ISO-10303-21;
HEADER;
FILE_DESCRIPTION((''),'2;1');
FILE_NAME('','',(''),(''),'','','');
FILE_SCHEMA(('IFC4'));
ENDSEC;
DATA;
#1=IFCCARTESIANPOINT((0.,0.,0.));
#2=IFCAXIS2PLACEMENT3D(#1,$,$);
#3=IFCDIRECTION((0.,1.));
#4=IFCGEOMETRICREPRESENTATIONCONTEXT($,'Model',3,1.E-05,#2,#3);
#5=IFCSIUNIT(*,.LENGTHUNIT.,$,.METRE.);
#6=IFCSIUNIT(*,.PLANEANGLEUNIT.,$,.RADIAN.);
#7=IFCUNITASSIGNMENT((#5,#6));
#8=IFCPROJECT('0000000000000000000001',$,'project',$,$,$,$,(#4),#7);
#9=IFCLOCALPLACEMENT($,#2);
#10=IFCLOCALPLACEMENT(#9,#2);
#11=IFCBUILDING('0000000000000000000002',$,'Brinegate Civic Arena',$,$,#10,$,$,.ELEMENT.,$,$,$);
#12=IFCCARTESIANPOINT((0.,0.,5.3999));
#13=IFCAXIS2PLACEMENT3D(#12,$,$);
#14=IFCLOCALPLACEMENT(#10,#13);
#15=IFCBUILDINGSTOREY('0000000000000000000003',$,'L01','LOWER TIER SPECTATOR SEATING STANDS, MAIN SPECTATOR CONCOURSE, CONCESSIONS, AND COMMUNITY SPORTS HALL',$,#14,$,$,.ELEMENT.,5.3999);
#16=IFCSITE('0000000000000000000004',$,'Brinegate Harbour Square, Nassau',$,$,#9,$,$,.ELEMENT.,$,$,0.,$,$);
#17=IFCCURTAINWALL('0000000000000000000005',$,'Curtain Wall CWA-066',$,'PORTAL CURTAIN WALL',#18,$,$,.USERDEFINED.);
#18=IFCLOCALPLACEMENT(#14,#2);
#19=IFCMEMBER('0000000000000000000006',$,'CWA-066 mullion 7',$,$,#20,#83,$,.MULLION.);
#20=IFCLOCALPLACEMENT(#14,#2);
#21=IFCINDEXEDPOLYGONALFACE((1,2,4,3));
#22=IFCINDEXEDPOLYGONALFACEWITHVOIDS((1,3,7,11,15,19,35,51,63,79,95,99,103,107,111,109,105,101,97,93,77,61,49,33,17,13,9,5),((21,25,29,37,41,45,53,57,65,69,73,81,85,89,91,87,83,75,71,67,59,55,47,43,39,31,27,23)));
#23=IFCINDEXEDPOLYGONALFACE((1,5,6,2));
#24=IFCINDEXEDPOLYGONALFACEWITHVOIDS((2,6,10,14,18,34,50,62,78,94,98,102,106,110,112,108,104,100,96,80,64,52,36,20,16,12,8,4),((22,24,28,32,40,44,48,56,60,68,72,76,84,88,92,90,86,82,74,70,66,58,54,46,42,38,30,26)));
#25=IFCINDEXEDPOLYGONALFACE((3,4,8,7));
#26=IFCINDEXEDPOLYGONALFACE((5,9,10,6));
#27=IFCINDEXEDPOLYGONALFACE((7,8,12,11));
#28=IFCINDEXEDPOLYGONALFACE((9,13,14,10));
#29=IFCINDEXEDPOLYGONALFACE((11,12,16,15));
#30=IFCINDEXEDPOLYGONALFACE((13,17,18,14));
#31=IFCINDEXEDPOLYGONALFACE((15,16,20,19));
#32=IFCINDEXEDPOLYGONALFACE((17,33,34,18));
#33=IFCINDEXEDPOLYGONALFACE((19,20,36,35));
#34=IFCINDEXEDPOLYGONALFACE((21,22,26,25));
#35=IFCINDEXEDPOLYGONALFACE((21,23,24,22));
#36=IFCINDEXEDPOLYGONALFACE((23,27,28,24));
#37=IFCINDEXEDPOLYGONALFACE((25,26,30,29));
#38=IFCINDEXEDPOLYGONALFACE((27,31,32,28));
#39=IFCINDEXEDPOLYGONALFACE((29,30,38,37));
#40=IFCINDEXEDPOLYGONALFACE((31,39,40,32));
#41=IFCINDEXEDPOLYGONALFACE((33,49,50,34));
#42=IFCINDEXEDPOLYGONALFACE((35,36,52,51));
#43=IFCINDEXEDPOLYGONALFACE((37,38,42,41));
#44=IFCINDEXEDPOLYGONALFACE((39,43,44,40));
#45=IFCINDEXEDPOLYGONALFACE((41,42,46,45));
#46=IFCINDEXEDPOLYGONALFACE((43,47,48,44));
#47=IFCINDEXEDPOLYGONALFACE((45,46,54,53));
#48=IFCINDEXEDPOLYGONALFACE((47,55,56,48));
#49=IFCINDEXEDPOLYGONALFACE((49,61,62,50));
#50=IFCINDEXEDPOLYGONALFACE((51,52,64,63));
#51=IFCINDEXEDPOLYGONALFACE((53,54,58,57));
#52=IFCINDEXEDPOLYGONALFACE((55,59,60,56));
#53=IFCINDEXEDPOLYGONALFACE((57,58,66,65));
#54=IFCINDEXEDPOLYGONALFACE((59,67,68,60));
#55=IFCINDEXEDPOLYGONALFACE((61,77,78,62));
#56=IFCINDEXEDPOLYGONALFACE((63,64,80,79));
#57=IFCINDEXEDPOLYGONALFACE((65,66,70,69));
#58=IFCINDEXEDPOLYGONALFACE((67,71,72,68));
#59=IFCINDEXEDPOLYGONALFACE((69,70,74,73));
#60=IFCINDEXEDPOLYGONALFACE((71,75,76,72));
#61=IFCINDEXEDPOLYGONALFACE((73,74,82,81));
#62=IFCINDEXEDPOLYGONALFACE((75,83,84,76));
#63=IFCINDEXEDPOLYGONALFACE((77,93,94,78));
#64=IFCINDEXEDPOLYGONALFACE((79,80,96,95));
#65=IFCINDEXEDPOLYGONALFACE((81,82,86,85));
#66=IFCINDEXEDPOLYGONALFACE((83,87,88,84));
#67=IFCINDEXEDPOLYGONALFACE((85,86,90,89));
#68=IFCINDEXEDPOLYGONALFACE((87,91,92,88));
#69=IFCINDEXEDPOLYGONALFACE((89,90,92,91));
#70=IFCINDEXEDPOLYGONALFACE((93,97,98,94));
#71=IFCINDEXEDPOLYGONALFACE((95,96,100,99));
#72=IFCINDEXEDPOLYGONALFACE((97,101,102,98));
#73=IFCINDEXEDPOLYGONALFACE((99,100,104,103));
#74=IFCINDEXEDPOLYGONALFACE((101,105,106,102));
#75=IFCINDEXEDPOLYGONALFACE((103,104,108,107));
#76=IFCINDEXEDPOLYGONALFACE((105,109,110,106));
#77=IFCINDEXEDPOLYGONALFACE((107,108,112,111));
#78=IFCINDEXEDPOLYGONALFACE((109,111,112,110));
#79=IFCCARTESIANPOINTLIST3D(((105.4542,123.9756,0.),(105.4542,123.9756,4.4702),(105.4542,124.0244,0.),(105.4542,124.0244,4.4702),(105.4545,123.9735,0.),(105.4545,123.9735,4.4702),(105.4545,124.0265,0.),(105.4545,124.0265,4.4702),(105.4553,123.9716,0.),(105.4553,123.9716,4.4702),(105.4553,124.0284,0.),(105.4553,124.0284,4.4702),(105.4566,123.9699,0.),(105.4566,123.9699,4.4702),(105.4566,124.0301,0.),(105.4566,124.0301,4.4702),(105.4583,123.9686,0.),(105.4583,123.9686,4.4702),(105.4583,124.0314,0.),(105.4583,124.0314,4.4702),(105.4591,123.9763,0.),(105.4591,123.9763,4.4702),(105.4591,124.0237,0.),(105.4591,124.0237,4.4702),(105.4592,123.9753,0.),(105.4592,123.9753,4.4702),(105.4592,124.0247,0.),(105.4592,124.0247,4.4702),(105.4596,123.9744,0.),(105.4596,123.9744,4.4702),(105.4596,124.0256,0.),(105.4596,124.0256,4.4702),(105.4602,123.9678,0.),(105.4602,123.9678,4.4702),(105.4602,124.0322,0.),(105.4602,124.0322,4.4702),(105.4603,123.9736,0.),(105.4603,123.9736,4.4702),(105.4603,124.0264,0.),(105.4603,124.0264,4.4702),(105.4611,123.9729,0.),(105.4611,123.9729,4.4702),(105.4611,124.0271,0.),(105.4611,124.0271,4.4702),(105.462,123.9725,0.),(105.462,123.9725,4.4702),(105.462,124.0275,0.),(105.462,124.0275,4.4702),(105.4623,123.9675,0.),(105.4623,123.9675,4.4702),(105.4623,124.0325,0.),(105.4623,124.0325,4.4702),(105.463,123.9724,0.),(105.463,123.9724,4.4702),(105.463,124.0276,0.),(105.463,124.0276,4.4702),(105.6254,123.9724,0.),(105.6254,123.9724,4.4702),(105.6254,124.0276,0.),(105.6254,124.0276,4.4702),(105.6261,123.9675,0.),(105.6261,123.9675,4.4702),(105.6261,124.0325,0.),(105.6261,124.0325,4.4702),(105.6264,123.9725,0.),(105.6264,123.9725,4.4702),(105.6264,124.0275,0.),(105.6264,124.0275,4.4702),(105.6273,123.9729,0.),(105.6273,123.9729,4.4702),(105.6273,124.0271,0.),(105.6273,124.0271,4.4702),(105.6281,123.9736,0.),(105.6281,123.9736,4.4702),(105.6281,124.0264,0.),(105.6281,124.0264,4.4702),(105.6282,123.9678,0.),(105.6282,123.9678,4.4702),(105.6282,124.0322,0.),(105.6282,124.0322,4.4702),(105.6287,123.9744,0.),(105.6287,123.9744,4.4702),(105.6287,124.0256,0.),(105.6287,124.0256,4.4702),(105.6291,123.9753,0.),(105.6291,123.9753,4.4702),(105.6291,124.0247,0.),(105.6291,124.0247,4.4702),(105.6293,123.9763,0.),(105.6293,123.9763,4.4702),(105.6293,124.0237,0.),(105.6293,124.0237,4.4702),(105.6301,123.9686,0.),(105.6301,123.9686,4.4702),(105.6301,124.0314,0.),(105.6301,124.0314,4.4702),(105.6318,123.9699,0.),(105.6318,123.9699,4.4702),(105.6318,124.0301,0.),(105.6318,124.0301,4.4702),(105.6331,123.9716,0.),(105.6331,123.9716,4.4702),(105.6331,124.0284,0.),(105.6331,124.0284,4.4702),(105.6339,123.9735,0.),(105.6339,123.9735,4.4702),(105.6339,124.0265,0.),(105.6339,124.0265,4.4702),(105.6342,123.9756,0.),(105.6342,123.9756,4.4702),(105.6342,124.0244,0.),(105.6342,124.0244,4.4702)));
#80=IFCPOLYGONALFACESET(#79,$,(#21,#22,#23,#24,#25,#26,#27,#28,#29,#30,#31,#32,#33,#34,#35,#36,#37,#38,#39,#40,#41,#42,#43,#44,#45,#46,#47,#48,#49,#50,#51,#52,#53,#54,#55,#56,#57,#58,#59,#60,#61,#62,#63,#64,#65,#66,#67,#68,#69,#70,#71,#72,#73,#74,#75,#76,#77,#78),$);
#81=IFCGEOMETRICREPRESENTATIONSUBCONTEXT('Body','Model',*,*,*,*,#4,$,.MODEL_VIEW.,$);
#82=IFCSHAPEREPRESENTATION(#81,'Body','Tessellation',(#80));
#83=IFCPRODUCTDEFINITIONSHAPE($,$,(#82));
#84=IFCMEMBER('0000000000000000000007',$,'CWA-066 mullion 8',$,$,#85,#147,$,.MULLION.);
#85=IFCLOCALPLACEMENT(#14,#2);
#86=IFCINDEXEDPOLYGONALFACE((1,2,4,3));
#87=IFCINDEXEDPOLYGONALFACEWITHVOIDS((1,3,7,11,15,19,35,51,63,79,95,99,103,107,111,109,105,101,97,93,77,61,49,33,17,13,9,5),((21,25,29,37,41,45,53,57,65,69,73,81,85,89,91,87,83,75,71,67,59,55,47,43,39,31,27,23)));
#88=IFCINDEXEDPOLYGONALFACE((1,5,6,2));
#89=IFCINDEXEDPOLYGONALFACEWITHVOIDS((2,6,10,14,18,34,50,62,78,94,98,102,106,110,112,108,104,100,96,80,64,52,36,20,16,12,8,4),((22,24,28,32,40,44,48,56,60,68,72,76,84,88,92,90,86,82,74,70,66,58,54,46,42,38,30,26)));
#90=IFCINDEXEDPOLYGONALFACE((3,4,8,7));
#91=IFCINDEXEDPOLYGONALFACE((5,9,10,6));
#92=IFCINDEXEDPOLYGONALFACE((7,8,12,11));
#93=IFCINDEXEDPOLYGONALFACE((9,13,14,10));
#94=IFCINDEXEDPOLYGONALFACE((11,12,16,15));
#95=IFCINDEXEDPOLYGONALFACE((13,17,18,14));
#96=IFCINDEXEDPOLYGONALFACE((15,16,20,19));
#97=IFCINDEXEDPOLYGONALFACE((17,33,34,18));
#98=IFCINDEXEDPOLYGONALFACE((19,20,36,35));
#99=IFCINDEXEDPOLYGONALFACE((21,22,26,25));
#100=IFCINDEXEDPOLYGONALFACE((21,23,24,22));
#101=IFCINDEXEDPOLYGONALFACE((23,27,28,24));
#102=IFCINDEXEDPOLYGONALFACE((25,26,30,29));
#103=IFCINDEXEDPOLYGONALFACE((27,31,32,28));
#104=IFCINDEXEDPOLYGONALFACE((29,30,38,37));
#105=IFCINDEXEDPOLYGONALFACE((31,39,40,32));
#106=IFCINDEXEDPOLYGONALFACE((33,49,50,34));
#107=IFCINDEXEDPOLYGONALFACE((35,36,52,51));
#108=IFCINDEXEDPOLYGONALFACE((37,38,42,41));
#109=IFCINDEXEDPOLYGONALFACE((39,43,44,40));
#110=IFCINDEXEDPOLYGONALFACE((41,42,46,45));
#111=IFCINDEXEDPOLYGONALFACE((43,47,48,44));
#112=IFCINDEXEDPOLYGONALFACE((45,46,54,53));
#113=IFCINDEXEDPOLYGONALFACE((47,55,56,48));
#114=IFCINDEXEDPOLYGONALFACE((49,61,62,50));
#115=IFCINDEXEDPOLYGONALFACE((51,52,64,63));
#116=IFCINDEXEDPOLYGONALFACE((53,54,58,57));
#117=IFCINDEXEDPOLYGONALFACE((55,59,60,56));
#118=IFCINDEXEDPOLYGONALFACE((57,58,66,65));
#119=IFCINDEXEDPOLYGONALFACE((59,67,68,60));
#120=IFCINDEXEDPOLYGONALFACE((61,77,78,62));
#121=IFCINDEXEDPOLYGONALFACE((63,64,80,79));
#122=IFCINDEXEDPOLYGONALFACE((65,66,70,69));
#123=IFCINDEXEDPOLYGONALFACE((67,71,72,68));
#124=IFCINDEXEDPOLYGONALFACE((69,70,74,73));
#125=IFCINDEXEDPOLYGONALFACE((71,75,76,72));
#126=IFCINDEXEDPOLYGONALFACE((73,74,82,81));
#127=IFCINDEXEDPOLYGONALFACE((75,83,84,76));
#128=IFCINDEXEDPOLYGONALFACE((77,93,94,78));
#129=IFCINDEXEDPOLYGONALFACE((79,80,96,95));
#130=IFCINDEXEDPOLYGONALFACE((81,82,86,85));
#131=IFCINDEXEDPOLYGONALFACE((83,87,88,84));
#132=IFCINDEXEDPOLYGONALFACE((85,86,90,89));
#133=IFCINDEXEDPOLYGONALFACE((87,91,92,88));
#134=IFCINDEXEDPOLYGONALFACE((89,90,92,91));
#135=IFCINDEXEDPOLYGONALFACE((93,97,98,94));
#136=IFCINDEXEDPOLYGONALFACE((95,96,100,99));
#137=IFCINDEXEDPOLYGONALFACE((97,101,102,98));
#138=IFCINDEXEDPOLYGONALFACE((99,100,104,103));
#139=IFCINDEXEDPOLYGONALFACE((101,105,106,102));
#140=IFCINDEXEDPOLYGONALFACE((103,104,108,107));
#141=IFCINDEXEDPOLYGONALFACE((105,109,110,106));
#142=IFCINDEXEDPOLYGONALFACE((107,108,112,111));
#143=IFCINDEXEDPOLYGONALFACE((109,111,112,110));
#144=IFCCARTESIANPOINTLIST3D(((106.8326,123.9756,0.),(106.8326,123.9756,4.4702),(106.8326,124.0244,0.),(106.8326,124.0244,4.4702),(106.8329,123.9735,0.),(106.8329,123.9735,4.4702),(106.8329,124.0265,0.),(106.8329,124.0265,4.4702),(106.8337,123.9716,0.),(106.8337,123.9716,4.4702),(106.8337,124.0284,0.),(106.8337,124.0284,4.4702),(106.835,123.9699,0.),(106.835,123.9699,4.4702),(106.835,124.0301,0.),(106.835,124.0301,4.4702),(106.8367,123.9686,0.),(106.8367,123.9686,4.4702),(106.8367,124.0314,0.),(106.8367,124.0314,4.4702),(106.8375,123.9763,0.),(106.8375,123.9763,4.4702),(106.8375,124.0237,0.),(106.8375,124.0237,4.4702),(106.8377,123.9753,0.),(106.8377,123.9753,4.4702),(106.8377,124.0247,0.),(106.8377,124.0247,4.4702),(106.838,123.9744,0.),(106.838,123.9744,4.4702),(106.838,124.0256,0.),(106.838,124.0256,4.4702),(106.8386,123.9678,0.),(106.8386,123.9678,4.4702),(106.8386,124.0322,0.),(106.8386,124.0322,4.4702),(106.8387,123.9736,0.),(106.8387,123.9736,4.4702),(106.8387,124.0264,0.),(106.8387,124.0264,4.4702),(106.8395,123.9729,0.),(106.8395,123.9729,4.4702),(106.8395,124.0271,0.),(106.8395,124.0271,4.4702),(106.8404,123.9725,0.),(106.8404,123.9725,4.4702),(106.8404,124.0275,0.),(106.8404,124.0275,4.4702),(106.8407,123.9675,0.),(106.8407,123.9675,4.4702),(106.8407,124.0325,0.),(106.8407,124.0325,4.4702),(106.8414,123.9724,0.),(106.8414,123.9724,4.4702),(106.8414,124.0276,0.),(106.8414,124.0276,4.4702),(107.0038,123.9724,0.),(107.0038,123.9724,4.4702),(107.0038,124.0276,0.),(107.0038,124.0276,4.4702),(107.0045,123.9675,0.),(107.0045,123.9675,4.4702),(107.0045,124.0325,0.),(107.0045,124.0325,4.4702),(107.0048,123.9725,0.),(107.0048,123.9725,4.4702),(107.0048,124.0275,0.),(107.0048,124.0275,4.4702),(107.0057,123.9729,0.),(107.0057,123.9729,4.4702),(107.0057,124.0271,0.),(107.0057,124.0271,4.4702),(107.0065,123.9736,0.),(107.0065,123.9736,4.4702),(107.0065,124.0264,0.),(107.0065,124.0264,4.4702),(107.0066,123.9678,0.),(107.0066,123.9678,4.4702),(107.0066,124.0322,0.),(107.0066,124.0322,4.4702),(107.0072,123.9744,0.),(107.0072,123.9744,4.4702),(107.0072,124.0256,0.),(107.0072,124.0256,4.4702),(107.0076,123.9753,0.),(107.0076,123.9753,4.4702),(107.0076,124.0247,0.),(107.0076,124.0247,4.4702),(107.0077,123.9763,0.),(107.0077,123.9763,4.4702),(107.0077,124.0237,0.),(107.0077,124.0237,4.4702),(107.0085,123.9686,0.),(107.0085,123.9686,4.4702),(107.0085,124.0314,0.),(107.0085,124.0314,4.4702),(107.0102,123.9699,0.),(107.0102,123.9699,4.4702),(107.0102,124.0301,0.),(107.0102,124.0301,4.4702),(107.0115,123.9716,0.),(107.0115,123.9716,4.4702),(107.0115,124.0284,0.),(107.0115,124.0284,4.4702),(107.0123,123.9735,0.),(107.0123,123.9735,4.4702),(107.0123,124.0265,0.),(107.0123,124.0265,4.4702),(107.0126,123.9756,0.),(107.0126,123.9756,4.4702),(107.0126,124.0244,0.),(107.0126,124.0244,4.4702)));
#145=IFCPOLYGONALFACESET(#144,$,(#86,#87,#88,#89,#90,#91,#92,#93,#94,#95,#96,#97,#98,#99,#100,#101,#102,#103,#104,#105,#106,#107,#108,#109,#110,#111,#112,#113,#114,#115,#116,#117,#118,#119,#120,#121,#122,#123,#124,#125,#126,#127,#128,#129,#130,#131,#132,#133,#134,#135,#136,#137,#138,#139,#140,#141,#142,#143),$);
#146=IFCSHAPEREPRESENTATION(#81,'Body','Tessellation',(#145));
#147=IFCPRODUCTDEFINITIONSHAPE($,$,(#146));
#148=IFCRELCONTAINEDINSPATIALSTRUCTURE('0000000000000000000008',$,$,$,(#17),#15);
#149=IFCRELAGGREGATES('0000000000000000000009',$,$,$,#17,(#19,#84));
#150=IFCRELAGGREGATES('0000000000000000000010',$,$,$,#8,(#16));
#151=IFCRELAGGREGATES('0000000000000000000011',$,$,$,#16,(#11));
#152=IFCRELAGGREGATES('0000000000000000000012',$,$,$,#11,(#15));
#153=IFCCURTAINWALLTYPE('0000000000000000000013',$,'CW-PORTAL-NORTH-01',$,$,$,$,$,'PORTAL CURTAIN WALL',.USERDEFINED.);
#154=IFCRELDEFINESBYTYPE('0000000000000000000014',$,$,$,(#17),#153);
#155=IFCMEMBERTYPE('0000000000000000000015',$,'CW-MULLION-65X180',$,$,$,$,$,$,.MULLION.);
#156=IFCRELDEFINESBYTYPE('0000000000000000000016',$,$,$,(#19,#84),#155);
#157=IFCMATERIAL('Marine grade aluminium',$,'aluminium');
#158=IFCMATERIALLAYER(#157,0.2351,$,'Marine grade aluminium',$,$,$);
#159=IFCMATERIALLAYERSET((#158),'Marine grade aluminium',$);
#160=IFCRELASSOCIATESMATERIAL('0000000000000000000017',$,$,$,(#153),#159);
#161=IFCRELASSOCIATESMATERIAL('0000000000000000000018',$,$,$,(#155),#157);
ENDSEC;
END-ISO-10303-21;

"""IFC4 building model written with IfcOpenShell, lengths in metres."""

from ifc_helpers import new_model, si_unit, direction, frame, origin, origin_2d, place, context, subcontext, project, spatial, hollow_rectangle, extrude, material, layer, layer_set, material_profile, profile_set, type_object, element, aggregate, save


model = new_model("IFC4")

# Units and contexts
model_context = context("Model", 3, precision=1e-05, world=origin(), true_north=direction((0.0, 1.0)))
body_context = subcontext(model_context, "Body", "Model", "MODEL_VIEW")
ifc_project = project(units=[si_unit("LENGTHUNIT", "METRE"), si_unit("PLANEANGLEUNIT", "RADIAN")], contexts=[model_context])

# Site, building, storey
site_placement = place(None, origin())
site = spatial("IfcSite", under=ifc_project, at=site_placement, Name="Brinegate Harbour Square, Nassau", CompositionType="ELEMENT", RefElevation=0.0)
building_placement = place(site_placement, origin())
building = spatial("IfcBuilding", under=site, at=building_placement, Name="Brinegate Civic Arena", CompositionType="ELEMENT")
storey_placement = place(building_placement, frame((0.0, 0.0, 5.3999)))
storey = spatial("IfcBuildingStorey", under=building, at=storey_placement, Name="L01", Description="LOWER TIER SPECTATOR SEATING STANDS, MAIN SPECTATOR CONCOURSE, CONCESSIONS, AND COMMUNITY SPORTS HALL", CompositionType="ELEMENT", Elevation=5.3999)

# Curtain wall, members
ifc_material_1 = material(Name="Marine grade aluminium", Category="aluminium")
ifc_layer_1 = layer(ifc_material_1, 0.2351, Name="Marine grade aluminium")
ifc_layer_set_1 = layer_set([ifc_layer_1], Name="Marine grade aluminium")
curtain_wall_type = type_object("IfcCurtainWallType", Name="CW-PORTAL-NORTH-01", ElementType="PORTAL CURTAIN WALL", PredefinedType="USERDEFINED", material=ifc_layer_set_1)
curtain_wall_placement = place(storey_placement, origin())
curtain_wall = element("IfcCurtainWall", 1, at=curtain_wall_placement, inside=storey, type_object=curtain_wall_type, Name="Curtain Wall CWA-066", ObjectType="PORTAL CURTAIN WALL", PredefinedType="USERDEFINED")
ifc_material_profile_1 = material_profile(ifc_material_1, hollow_rectangle(XDim=0.0649, YDim=0.1799, WallThickness=0.0049, InnerFilletRadius=0.0039, OuterFilletRadius=0.0081, at=origin_2d()), Name="MUL65X180")
ifc_profile_set_1 = profile_set([ifc_material_profile_1], Name="Marine grade aluminium")
member_type_1 = type_object("IfcMemberType", Name="CW-MULLION-65X180", PredefinedType="MULLION", material=ifc_profile_set_1)
member_1_placement = place(storey_placement, frame((105.5442, 124.0, 0.0), z_axis=(0.0, 0.0, 1.0), x_axis=(0.0, 1.0, 0.0)))
member_1 = element("IfcMember", 2, at=member_1_placement, type_object=member_type_1, Name="CWA-066 mullion 7", PredefinedType="MULLION", context=body_context, shape_type="SweptSolid", body=[
    extrude(hollow_rectangle(XDim=0.0649, YDim=0.1799, WallThickness=0.0049, InnerFilletRadius=0.0039, OuterFilletRadius=0.0081, at=origin_2d()), origin(), (0.0, 0.0, 1.0), 4.4702),
])
member_2_placement = place(storey_placement, frame((106.9226, 124.0, 0.0), z_axis=(0.0, 0.0, 1.0), x_axis=(0.0, 1.0, 0.0)))
member_2 = element("IfcMember", 3, at=member_2_placement, type_object=member_type_1, Name="CWA-066 mullion 8", PredefinedType="MULLION", context=body_context, shape_type="SweptSolid", body=[
    extrude(hollow_rectangle(XDim=0.0649, YDim=0.1799, WallThickness=0.0049, InnerFilletRadius=0.0039, OuterFilletRadius=0.0081, at=origin_2d()), origin(), (0.0, 0.0, 1.0), 4.4702),
])
aggregate(curtain_wall, [member_1, member_2])

save(model, "model.ifc")
